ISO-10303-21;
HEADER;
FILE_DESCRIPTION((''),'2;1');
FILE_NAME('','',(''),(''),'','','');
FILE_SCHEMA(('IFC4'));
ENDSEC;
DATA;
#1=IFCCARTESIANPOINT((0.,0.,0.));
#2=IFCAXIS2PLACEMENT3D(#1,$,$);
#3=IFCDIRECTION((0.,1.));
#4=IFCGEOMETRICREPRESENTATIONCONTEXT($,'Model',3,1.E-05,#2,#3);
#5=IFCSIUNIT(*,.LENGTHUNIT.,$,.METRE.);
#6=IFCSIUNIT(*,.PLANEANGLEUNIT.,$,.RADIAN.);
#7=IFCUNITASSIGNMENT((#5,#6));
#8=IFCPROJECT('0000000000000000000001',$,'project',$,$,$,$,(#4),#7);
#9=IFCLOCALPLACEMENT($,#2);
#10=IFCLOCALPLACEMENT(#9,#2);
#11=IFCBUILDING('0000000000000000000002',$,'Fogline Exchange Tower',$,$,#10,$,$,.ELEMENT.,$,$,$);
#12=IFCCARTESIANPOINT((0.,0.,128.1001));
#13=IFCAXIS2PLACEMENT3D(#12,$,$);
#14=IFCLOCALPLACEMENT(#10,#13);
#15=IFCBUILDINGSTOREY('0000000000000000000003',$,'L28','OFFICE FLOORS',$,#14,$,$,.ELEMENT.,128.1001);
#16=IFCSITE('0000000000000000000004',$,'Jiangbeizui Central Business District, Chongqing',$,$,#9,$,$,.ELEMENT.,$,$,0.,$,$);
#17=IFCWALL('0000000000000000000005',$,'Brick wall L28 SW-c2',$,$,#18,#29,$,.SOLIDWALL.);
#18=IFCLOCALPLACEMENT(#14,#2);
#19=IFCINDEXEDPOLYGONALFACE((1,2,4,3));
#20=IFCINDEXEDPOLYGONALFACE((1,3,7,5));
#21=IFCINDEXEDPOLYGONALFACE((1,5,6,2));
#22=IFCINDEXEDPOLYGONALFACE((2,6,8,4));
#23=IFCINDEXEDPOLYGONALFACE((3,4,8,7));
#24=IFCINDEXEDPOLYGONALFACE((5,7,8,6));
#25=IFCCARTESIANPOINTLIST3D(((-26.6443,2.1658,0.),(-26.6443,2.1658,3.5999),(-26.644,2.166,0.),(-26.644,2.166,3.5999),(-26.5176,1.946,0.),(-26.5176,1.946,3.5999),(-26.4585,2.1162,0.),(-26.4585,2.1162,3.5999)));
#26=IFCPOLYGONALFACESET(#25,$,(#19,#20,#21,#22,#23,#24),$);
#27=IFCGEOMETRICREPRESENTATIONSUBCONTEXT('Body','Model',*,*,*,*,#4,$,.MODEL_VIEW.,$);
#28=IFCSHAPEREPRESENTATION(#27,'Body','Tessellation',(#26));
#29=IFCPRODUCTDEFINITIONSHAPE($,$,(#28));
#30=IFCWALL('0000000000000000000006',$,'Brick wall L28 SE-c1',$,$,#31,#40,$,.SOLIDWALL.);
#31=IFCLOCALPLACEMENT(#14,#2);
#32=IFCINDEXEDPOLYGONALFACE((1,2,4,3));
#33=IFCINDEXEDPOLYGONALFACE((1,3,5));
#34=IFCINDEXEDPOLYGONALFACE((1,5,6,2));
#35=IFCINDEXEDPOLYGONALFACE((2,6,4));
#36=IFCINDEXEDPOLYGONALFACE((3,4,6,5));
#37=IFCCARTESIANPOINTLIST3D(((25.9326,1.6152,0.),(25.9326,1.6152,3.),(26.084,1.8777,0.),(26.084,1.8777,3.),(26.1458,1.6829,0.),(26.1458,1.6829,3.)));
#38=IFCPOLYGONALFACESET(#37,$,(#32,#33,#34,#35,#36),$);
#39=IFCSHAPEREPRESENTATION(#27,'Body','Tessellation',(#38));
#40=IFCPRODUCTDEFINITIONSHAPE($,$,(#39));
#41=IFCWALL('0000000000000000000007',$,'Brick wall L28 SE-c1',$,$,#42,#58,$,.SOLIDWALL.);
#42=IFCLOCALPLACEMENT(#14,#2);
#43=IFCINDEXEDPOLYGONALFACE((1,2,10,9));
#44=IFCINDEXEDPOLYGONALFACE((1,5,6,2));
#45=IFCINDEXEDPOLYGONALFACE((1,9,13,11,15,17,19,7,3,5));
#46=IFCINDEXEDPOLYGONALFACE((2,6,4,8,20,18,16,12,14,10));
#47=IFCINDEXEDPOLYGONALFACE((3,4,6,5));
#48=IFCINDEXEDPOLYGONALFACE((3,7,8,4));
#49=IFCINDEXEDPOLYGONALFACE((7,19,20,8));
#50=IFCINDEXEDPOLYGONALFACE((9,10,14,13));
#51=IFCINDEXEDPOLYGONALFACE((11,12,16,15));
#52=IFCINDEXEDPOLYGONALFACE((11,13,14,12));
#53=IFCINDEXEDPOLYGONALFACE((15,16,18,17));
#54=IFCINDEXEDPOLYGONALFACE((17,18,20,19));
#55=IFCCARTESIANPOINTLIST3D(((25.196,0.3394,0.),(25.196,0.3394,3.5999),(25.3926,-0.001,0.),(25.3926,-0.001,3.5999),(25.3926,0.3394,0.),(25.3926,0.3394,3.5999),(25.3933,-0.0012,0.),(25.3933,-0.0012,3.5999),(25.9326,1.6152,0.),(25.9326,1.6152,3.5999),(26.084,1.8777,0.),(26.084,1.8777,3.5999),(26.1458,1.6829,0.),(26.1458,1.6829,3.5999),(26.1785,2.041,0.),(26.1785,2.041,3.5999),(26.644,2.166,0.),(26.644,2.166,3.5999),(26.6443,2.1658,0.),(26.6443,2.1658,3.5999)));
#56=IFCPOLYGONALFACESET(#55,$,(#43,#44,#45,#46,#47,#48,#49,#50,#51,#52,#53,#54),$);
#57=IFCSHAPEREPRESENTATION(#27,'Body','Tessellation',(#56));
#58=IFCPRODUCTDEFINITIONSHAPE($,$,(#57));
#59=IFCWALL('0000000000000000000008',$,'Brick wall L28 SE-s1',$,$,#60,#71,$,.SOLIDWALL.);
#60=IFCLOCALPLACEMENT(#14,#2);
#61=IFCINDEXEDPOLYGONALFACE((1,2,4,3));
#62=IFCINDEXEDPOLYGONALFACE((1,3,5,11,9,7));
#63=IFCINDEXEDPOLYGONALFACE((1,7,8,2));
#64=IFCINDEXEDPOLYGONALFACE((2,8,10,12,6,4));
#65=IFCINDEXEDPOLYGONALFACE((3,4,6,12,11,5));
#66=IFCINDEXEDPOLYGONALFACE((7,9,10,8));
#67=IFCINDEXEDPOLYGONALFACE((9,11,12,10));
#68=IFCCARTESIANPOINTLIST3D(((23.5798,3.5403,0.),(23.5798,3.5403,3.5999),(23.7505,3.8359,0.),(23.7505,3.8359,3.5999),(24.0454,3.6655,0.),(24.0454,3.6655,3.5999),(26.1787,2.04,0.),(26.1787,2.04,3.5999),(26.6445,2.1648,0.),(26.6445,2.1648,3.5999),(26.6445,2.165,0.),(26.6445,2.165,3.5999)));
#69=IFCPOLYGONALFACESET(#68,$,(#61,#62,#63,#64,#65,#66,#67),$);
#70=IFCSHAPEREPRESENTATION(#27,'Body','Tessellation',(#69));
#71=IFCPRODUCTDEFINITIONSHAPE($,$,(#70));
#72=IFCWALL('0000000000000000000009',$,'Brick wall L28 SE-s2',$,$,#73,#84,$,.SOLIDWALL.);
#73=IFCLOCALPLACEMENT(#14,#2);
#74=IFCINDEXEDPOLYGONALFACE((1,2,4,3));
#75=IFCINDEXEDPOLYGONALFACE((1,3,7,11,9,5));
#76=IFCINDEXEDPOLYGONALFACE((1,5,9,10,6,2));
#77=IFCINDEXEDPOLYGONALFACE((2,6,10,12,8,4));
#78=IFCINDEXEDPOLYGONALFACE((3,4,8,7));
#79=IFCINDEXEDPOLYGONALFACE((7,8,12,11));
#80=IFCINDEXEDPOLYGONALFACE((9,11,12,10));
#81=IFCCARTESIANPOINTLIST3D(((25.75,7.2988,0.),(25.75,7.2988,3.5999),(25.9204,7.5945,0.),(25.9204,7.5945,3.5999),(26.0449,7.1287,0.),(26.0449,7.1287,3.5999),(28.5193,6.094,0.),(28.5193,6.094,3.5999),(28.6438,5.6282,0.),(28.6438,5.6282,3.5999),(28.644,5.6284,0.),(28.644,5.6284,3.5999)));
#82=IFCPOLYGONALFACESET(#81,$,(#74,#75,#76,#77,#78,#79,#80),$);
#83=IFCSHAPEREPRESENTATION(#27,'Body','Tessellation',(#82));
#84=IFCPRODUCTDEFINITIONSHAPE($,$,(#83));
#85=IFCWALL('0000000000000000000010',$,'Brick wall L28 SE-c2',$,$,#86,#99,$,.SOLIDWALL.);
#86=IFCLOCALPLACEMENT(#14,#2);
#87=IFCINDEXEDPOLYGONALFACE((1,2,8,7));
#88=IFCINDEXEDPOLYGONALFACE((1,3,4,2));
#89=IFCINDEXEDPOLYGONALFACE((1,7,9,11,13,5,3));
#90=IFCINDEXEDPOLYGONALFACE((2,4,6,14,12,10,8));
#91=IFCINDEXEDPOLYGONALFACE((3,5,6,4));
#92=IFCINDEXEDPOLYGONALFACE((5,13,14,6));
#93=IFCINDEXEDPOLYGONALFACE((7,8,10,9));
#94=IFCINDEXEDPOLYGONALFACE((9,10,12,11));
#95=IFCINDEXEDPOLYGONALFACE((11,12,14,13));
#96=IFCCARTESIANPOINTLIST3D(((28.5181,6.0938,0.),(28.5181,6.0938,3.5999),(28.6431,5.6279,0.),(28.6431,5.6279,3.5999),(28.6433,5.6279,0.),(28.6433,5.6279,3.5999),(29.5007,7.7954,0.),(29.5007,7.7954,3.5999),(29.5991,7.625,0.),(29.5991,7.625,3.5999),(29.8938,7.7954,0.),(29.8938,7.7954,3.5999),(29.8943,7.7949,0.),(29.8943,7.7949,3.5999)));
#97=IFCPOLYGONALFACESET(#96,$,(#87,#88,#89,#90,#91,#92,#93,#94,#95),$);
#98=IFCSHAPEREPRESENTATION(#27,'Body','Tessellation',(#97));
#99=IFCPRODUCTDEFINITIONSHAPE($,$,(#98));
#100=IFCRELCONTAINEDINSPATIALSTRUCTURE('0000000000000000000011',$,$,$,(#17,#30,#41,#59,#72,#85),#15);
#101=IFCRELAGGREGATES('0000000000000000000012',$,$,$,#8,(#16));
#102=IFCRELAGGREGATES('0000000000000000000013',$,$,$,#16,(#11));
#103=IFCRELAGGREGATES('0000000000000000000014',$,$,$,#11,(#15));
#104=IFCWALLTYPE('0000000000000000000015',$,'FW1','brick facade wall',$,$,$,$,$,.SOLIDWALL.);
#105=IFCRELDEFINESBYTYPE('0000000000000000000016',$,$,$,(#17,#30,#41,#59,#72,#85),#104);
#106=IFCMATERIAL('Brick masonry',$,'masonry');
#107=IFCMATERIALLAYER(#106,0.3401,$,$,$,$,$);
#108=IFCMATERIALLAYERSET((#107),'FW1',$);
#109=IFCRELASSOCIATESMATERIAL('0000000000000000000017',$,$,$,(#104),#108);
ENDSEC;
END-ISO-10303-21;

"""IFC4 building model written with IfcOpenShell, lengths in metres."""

from ifc_helpers import new_model, si_unit, direction, frame, origin, place, context, subcontext, project, spatial, polyline, outline, extrude, material, layer, layer_set, type_object, element, save


model = new_model("IFC4")

# Units and contexts
model_context = context("Model", 3, precision=1e-05, world=origin(), true_north=direction((0.0, 1.0)))
body_context = subcontext(model_context, "Body", "Model", "MODEL_VIEW")
ifc_project = project(units=[si_unit("LENGTHUNIT", "METRE"), si_unit("PLANEANGLEUNIT", "RADIAN")], contexts=[model_context])

# Site, building, storey
site_placement = place(None, origin())
site = spatial("IfcSite", under=ifc_project, at=site_placement, Name="Jiangbeizui Central Business District, Chongqing", CompositionType="ELEMENT", RefElevation=0.0)
building_placement = place(site_placement, origin())
building = spatial("IfcBuilding", under=site, at=building_placement, Name="Fogline Exchange Tower", CompositionType="ELEMENT")
storey_placement = place(building_placement, frame((0.0, 0.0, 128.1001)))
storey = spatial("IfcBuildingStorey", under=building, at=storey_placement, Name="L28", Description="OFFICE FLOORS", CompositionType="ELEMENT", Elevation=128.1001)

# Walls
ifc_material_1 = material(Name="Brick masonry", Category="masonry")
ifc_layer_1 = layer(ifc_material_1, 0.3401)
ifc_layer_set_1 = layer_set([ifc_layer_1], Name="FW1")
wall_type_1 = type_object("IfcWallType", Name="FW1", Description="brick facade wall", PredefinedType="SOLIDWALL", material=ifc_layer_set_1)
wall_1_placement = place(storey_placement, origin())
element("IfcWall", 1, at=wall_1_placement, inside=storey, type_object=wall_type_1, Name="Brick wall L28 SW-c2", PredefinedType="SOLIDWALL", context=body_context, shape_type="SweptSolid", body=[
    extrude(outline(polyline([(-26.6443, 2.1658), (-26.644, 2.166), (-26.4585, 2.1162), (-26.5176, 1.946), (-26.6443, 2.1658)])), origin(), (0.0, 0.0, 1.0), 3.5999),
])
wall_2_placement = place(storey_placement, origin())
element("IfcWall", 2, at=wall_2_placement, inside=storey, type_object=wall_type_1, Name="Brick wall L28 SE-c1", PredefinedType="SOLIDWALL", context=body_context, shape_type="SweptSolid", body=[
    extrude(outline(polyline([(26.084, 1.8777), (26.1458, 1.6829), (25.9326, 1.6152), (26.084, 1.8777)])), origin(), (0.0, 0.0, 1.0), 3.0),
])
wall_3_placement = place(storey_placement, origin())
element("IfcWall", 3, at=wall_3_placement, inside=storey, type_object=wall_type_1, Name="Brick wall L28 SE-c1", PredefinedType="SOLIDWALL", context=body_context, shape_type="SweptSolid", body=[
    extrude(outline(polyline([(25.3933, -0.0012), (25.3926, -0.001), (25.3926, 0.3394), (25.196, 0.3394), (25.9326, 1.6152), (26.1458, 1.6829), (26.084, 1.8777), (26.1785, 2.041), (26.644, 2.166), (26.6443, 2.1658), (25.3933, -0.0012)])), origin(), (0.0, 0.0, 1.0), 3.5999),
])
wall_4_placement = place(storey_placement, origin())
element("IfcWall", 4, at=wall_4_placement, inside=storey, type_object=wall_type_1, Name="Brick wall L28 SE-s1", PredefinedType="SOLIDWALL", context=body_context, shape_type="SweptSolid", body=[
    extrude(outline(polyline([(23.5798, 3.5403), (23.7505, 3.8359), (24.0454, 3.6655), (26.6445, 2.165), (26.6445, 2.1648), (26.1787, 2.04), (23.5798, 3.5403)])), origin(), (0.0, 0.0, 1.0), 3.5999),
])
wall_5_placement = place(storey_placement, origin())
element("IfcWall", 5, at=wall_5_placement, inside=storey, type_object=wall_type_1, Name="Brick wall L28 SE-s2", PredefinedType="SOLIDWALL", context=body_context, shape_type="SweptSolid", body=[
    extrude(outline(polyline([(28.6438, 5.6282), (26.0449, 7.1287), (25.75, 7.2988), (25.9204, 7.5945), (28.5193, 6.094), (28.644, 5.6284), (28.6438, 5.6282)])), origin(), (0.0, 0.0, 1.0), 3.5999),
])
wall_6_placement = place(storey_placement, origin())
element("IfcWall", 6, at=wall_6_placement, inside=storey, type_object=wall_type_1, Name="Brick wall L28 SE-c2", PredefinedType="SOLIDWALL", context=body_context, shape_type="SweptSolid", body=[
    extrude(outline(polyline([(29.5007, 7.7954), (29.5991, 7.625), (29.8938, 7.7954), (29.8943, 7.7949), (28.6433, 5.6279), (28.6431, 5.6279), (28.5181, 6.0938), (29.5007, 7.7954)])), origin(), (0.0, 0.0, 1.0), 3.5999),
])

save(model, "model.ifc")
